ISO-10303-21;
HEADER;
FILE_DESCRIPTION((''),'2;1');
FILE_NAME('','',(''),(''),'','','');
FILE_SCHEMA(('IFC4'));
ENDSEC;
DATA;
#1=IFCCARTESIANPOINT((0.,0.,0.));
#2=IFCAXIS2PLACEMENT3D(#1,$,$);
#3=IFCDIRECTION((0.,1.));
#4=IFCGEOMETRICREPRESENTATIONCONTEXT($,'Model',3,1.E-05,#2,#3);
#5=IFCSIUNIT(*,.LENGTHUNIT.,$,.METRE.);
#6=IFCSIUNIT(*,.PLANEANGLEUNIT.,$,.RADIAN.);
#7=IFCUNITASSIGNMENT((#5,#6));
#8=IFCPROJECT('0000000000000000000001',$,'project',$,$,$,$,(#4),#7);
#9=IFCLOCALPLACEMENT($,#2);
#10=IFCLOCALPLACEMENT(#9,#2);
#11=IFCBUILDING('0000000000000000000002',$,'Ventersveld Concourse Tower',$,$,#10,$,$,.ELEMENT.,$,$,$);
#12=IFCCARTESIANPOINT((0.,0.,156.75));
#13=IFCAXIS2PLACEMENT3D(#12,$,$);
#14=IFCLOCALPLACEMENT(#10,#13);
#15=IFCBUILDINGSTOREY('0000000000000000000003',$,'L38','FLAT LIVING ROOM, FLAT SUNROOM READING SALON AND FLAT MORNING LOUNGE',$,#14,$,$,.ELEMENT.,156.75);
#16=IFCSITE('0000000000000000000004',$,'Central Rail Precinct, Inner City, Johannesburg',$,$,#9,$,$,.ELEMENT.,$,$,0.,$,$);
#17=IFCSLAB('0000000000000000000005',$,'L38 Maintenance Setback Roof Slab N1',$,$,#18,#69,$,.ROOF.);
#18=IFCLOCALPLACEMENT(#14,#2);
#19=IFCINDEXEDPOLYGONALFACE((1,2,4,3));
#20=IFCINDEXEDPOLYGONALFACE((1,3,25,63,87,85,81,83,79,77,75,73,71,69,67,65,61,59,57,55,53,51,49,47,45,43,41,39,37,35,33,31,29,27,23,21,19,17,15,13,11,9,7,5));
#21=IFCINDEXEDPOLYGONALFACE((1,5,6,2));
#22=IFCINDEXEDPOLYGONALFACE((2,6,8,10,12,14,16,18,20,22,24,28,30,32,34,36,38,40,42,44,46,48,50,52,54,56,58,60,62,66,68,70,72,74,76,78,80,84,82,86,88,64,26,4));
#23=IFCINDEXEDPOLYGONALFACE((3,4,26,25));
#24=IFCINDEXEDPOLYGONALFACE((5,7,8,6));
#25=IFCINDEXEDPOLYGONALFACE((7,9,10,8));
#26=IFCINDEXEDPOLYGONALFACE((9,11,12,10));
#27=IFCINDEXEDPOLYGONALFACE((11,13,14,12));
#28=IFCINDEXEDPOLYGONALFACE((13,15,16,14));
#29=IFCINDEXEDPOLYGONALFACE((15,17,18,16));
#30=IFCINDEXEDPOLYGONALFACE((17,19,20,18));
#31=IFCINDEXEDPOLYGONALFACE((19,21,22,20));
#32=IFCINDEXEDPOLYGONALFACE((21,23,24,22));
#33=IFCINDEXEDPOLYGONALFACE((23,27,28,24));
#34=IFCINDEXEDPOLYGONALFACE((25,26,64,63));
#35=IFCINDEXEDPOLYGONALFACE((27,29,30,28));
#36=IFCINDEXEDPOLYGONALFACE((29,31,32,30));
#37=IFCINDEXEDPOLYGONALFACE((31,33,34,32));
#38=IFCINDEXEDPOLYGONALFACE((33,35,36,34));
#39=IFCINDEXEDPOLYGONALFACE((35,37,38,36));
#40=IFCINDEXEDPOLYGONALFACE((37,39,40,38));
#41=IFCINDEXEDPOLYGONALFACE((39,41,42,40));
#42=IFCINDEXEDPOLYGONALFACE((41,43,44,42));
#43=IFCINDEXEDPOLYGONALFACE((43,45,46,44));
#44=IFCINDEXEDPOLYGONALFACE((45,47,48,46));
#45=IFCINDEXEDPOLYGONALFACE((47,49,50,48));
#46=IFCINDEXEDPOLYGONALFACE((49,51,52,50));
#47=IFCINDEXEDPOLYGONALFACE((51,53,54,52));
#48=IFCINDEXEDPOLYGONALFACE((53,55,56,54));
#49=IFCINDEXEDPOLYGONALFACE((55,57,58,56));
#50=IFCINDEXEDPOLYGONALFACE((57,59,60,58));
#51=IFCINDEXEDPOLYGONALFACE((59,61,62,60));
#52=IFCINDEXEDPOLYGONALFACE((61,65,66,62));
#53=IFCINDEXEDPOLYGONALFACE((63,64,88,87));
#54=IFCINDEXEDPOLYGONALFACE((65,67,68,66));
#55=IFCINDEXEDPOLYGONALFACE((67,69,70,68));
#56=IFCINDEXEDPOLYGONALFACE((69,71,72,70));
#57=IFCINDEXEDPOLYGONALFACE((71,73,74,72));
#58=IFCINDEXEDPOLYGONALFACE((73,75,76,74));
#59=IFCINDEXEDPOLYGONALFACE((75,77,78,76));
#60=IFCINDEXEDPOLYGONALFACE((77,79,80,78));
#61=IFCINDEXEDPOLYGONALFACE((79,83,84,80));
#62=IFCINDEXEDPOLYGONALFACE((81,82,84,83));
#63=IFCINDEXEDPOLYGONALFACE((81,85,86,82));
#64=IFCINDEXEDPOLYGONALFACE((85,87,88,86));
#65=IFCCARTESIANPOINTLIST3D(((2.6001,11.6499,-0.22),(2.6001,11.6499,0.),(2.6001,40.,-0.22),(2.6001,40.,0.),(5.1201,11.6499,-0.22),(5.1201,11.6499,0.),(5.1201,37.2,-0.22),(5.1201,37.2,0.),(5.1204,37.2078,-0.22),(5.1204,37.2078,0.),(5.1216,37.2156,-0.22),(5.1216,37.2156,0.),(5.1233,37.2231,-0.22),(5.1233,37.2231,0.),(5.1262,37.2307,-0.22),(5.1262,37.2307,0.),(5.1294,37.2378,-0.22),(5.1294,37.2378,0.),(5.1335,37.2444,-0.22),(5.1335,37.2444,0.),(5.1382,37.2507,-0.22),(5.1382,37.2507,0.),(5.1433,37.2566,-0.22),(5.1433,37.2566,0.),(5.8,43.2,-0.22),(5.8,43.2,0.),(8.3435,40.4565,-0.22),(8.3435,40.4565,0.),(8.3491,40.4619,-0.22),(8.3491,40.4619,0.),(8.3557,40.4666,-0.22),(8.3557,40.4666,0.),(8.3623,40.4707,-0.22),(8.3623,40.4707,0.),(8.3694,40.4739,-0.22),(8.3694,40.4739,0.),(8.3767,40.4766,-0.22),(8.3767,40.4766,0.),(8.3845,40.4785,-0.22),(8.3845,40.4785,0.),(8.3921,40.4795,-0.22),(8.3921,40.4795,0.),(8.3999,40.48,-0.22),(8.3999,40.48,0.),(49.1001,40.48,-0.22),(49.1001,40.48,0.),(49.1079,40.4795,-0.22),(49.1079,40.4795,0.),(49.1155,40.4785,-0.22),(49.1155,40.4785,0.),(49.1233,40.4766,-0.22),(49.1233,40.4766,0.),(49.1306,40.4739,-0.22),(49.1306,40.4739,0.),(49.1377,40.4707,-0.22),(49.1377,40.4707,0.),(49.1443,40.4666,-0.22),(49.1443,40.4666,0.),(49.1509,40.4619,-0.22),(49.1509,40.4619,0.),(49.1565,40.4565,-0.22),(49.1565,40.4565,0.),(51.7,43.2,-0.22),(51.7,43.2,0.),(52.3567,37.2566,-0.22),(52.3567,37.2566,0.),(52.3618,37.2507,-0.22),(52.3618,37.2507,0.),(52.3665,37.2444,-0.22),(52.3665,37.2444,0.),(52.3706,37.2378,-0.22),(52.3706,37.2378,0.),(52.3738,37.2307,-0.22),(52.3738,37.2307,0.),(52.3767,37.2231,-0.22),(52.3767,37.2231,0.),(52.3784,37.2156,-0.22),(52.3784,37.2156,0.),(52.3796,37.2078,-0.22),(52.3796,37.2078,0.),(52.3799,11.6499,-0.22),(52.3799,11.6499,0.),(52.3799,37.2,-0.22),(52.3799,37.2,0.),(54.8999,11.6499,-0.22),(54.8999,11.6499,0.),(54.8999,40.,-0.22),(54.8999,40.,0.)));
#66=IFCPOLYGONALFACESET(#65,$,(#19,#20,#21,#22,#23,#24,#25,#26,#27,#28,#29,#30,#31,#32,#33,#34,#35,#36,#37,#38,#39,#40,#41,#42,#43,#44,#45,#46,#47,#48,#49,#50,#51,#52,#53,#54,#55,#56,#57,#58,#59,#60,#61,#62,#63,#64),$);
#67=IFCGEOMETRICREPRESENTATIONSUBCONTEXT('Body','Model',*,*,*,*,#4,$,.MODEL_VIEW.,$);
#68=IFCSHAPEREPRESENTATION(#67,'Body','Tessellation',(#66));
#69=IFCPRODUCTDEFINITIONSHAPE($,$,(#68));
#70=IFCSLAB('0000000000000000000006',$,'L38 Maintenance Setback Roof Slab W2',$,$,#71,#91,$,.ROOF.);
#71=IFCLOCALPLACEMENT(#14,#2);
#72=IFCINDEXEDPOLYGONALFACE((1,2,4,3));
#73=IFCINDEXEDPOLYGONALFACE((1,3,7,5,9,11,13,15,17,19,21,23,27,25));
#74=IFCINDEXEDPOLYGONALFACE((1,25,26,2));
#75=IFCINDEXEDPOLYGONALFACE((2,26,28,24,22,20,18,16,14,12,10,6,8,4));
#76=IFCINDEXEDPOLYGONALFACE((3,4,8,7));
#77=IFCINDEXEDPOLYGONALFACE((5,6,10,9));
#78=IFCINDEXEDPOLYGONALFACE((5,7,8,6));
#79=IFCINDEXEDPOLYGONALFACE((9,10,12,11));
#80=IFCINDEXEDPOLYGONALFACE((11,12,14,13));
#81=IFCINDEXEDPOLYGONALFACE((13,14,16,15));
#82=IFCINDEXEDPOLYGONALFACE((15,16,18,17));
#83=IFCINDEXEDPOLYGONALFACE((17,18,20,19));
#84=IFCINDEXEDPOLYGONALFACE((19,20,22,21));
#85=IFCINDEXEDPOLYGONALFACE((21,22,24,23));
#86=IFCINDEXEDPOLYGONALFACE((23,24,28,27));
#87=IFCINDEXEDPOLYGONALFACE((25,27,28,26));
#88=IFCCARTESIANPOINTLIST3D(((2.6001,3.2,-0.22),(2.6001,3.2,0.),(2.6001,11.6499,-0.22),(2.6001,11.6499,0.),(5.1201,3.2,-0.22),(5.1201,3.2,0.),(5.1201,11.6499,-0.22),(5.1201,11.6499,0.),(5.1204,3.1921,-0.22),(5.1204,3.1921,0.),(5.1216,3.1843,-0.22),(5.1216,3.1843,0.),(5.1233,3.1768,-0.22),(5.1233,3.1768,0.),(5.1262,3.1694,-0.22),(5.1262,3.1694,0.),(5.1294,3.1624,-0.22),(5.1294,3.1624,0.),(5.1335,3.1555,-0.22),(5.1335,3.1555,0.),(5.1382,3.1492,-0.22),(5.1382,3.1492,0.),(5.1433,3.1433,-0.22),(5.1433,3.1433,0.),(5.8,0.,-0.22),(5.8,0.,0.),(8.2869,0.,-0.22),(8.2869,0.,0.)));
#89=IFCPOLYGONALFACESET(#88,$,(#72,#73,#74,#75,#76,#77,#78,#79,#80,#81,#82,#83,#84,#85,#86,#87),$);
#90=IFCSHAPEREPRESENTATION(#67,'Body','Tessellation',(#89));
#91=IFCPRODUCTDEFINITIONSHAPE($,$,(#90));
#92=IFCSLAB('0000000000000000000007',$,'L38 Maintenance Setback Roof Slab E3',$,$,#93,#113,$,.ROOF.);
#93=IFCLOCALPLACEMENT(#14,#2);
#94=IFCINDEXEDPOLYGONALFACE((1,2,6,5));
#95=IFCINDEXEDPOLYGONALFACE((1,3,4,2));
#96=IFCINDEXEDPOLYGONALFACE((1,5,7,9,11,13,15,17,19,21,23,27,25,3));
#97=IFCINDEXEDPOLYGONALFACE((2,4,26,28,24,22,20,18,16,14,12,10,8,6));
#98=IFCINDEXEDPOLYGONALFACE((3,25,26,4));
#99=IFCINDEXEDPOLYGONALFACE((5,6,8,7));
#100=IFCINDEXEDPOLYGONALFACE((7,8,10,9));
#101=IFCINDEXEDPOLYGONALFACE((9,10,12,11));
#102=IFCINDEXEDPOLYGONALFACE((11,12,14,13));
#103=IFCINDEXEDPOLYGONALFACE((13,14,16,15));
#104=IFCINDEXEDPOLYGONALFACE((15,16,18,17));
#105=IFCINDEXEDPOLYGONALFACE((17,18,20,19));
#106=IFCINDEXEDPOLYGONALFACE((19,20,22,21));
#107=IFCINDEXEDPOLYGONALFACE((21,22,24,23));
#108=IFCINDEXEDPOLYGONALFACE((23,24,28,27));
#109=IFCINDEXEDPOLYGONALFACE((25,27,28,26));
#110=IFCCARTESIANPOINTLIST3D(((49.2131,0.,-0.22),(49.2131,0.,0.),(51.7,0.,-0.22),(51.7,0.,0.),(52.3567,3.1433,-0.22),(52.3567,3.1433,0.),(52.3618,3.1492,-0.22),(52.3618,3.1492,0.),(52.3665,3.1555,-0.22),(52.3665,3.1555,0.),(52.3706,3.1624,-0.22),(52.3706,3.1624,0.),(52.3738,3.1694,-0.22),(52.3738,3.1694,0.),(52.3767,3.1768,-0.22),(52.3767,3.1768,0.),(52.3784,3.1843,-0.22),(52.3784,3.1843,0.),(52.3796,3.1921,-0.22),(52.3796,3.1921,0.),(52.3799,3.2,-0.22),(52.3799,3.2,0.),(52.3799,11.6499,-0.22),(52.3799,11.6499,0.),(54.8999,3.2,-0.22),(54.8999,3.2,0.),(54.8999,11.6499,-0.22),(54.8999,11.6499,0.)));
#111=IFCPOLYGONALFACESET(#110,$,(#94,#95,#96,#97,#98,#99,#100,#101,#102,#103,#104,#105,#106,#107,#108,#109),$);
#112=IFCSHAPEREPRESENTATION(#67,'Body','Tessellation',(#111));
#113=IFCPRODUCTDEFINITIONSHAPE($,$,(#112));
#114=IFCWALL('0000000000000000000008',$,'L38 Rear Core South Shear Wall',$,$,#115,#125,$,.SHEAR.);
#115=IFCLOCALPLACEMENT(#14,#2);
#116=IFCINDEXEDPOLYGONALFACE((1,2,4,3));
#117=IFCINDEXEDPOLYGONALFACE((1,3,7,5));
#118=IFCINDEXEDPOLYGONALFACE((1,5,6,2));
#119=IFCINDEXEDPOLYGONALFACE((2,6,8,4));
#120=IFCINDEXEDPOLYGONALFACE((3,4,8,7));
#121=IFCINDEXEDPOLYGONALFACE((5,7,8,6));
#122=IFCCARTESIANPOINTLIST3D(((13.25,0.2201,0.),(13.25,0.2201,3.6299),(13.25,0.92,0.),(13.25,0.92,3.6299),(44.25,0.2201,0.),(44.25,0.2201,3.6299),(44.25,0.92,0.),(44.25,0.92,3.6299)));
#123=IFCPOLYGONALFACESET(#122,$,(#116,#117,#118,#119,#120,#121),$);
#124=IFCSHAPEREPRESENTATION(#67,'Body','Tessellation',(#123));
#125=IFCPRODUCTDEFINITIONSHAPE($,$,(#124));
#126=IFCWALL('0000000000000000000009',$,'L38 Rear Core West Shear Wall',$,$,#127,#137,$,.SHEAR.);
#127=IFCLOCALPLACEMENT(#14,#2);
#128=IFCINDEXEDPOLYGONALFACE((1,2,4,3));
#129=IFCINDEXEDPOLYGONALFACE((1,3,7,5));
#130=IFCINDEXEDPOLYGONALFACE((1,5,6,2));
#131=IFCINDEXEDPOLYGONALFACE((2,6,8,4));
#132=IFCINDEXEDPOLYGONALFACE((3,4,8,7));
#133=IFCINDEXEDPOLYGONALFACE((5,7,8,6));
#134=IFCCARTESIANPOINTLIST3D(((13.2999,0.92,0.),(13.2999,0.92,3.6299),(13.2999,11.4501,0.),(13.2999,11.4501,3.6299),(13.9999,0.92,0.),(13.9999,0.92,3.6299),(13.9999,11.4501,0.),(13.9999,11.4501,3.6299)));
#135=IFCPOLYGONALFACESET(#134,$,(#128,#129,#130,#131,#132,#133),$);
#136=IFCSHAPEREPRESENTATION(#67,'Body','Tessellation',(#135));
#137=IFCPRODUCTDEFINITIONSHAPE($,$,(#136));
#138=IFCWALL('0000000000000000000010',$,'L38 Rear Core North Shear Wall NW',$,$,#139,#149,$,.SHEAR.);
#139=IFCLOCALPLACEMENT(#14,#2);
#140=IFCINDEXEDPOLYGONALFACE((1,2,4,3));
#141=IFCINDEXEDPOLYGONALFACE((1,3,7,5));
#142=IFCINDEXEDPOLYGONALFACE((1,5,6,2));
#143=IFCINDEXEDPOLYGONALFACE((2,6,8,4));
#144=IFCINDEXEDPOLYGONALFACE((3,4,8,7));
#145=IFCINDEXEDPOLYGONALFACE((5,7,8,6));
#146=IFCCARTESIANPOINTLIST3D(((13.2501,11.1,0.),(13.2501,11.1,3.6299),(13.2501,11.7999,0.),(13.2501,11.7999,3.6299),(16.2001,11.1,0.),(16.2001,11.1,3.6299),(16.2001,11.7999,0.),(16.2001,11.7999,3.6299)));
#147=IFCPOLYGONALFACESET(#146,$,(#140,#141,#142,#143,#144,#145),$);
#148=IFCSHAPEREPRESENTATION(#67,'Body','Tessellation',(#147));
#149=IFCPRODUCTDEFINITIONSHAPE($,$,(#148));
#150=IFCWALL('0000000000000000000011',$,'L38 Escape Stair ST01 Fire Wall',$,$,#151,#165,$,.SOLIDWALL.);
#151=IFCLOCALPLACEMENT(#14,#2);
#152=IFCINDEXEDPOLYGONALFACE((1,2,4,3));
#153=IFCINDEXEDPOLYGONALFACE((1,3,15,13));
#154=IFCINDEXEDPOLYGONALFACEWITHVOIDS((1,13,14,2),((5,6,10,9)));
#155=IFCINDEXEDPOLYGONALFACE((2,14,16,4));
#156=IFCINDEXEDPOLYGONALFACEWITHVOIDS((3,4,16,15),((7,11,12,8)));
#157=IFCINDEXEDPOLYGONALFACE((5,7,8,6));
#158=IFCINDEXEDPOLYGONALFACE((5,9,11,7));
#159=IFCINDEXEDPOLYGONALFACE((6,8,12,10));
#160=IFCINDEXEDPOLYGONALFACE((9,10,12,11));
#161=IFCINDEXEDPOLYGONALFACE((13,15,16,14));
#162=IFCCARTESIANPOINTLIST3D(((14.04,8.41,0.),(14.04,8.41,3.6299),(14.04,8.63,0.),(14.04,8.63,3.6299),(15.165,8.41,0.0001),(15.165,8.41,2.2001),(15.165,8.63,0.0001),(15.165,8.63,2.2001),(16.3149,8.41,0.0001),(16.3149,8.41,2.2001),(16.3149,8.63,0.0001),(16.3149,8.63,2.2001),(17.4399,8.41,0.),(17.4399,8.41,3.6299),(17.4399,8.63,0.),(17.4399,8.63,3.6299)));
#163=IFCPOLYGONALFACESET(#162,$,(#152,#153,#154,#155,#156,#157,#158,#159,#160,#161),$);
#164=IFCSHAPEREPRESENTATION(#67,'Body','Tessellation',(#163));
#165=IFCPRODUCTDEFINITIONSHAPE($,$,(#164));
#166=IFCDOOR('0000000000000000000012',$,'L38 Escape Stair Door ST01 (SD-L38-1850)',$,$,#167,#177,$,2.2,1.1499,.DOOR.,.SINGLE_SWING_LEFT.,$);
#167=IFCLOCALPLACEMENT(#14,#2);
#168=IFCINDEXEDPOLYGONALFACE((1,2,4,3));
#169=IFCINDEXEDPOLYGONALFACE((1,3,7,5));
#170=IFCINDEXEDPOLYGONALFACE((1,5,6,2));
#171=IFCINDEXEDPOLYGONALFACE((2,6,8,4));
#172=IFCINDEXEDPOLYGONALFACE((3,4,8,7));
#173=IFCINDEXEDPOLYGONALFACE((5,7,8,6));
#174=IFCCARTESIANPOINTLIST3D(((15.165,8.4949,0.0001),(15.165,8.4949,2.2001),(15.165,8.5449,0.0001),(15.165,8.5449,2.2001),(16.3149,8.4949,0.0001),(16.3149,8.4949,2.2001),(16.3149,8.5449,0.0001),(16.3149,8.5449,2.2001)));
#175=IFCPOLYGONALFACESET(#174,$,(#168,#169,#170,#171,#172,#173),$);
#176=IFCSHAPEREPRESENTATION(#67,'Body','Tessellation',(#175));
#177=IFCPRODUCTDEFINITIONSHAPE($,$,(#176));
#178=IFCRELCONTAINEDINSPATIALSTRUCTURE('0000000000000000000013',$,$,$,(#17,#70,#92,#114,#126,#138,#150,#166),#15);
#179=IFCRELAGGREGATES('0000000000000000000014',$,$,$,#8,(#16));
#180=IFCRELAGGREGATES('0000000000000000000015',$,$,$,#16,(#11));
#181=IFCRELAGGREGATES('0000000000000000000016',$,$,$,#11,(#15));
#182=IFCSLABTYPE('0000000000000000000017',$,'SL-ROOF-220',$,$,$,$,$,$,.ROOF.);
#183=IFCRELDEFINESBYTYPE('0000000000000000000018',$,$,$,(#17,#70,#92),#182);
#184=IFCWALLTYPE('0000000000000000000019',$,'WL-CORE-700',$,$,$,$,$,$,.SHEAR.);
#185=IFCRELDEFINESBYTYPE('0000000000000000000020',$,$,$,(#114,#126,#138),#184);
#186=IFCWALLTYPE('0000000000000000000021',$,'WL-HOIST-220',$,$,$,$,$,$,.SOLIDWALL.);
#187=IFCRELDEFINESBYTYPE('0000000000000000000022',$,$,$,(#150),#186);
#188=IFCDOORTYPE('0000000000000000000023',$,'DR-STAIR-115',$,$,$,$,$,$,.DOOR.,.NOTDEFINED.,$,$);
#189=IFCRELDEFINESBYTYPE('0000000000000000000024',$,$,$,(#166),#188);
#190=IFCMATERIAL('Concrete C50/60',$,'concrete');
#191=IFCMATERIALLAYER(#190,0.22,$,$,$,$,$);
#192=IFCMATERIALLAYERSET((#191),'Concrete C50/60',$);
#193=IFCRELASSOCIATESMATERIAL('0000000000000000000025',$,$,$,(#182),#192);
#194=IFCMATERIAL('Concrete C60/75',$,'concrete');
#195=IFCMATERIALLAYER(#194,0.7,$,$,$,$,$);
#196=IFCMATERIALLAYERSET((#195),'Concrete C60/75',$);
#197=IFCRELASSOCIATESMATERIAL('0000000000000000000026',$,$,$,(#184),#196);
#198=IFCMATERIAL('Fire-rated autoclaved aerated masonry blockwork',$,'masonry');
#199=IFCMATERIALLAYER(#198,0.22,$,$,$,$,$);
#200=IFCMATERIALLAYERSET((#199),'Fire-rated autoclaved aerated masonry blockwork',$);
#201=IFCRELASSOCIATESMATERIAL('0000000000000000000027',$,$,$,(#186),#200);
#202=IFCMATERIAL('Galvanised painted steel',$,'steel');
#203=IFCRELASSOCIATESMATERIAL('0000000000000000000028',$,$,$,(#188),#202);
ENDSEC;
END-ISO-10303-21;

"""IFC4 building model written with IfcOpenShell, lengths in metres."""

from ifc_helpers import new_model, si_unit, direction, frame, frame_2d, origin, place, context, subcontext, project, spatial, polyline, rectangle, outline, extrude, material, layer, layer_set, type_object, element, fill, save


model = new_model("IFC4")

# Units and contexts
model_context = context("Model", 3, precision=1e-05, world=origin(), true_north=direction((0.0, 1.0)))
body_context = subcontext(model_context, "Body", "Model", "MODEL_VIEW")
ifc_project = project(units=[si_unit("LENGTHUNIT", "METRE"), si_unit("PLANEANGLEUNIT", "RADIAN")], contexts=[model_context])

# Site, building, storey
site_placement = place(None, origin())
site = spatial("IfcSite", under=ifc_project, at=site_placement, Name="Central Rail Precinct, Inner City, Johannesburg", CompositionType="ELEMENT", RefElevation=0.0)
building_placement = place(site_placement, origin())
building = spatial("IfcBuilding", under=site, at=building_placement, Name="Ventersveld Concourse Tower", CompositionType="ELEMENT")
storey_placement = place(building_placement, frame((0.0, 0.0, 156.75)))
storey = spatial("IfcBuildingStorey", under=building, at=storey_placement, Name="L38", Description="FLAT LIVING ROOM, FLAT SUNROOM READING SALON AND FLAT MORNING LOUNGE", CompositionType="ELEMENT", Elevation=156.75)

# Shared definitions
ifc_material_1 = material(Name="Concrete C50/60", Category="concrete")

# Slabs
ifc_layer_1 = layer(ifc_material_1, 0.22)
ifc_layer_set_1 = layer_set([ifc_layer_1], Name="Concrete C50/60")
slab_type_1 = type_object("IfcSlabType", Name="SL-ROOF-220", PredefinedType="ROOF", material=ifc_layer_set_1)
slab_1_placement = place(storey_placement, frame((0.0, 0.0, -0.22)))
element("IfcSlab", 1, at=slab_1_placement, inside=storey, type_object=slab_type_1, Name="L38 Maintenance Setback Roof Slab N1", PredefinedType="ROOF", context=body_context, shape_type="SweptSolid", body=[
    extrude(outline(polyline([(2.6001, 40.0), (5.8, 43.2), (51.7, 43.2), (54.8999, 40.0), (54.8999, 11.6499), (52.3799, 11.6499), (52.3799, 37.2), (52.3796, 37.2078), (52.3784, 37.2156), (52.3767, 37.2231), (52.3738, 37.2307), (52.3706, 37.2378), (52.3665, 37.2444), (52.3618, 37.2507), (52.3567, 37.2566), (49.1565, 40.4565), (49.1509, 40.4619), (49.1443, 40.4666), (49.1377, 40.4707), (49.1306, 40.4739), (49.1233, 40.4766), (49.1155, 40.4785), (49.1079, 40.4795), (49.1001, 40.48), (8.3999, 40.48), (8.3921, 40.4795), (8.3845, 40.4785), (8.3767, 40.4766), (8.3694, 40.4739), (8.3623, 40.4707), (8.3557, 40.4666), (8.3491, 40.4619), (8.3435, 40.4565), (5.1433, 37.2566), (5.1382, 37.2507), (5.1335, 37.2444), (5.1294, 37.2378), (5.1262, 37.2307), (5.1233, 37.2231), (5.1216, 37.2156), (5.1204, 37.2078), (5.1201, 37.2), (5.1201, 11.6499), (2.6001, 11.6499), (2.6001, 40.0)])), origin(), (0.0, 0.0, 1.0), 0.22),
])
slab_2_placement = place(storey_placement, frame((0.0, 0.0, -0.22)))
element("IfcSlab", 2, at=slab_2_placement, inside=storey, type_object=slab_type_1, Name="L38 Maintenance Setback Roof Slab W2", PredefinedType="ROOF", context=body_context, shape_type="SweptSolid", body=[
    extrude(outline(polyline([(2.6001, 3.2), (2.6001, 11.6499), (5.1201, 11.6499), (5.1201, 3.2), (5.1204, 3.1921), (5.1216, 3.1843), (5.1233, 3.1768), (5.1262, 3.1694), (5.1294, 3.1624), (5.1335, 3.1555), (5.1382, 3.1492), (5.1433, 3.1433), (8.2869, 0.0), (5.8, 0.0), (2.6001, 3.2)])), origin(), (0.0, 0.0, 1.0), 0.22),
])
slab_3_placement = place(storey_placement, frame((0.0, 0.0, -0.22)))
element("IfcSlab", 3, at=slab_3_placement, inside=storey, type_object=slab_type_1, Name="L38 Maintenance Setback Roof Slab E3", PredefinedType="ROOF", context=body_context, shape_type="SweptSolid", body=[
    extrude(outline(polyline([(54.8999, 3.2), (51.7, 0.0), (49.2131, 0.0), (52.3567, 3.1433), (52.3618, 3.1492), (52.3665, 3.1555), (52.3706, 3.1624), (52.3738, 3.1694), (52.3767, 3.1768), (52.3784, 3.1843), (52.3796, 3.1921), (52.3799, 3.2), (52.3799, 11.6499), (54.8999, 11.6499), (54.8999, 3.2)])), origin(), (0.0, 0.0, 1.0), 0.22),
])

# Walls
ifc_material_2 = material(Name="Concrete C60/75", Category="concrete")
ifc_layer_2 = layer(ifc_material_2, 0.7)
ifc_layer_set_2 = layer_set([ifc_layer_2], Name="Concrete C60/75")
wall_type_1 = type_object("IfcWallType", Name="WL-CORE-700", PredefinedType="SHEAR", material=ifc_layer_set_2)
wall_1_placement = place(storey_placement, frame((13.25, 0.5701, 0.0), z_axis=(0.0, 0.0, 1.0), x_axis=(1.0, 0.0, 0.0)))
element("IfcWall", 4, at=wall_1_placement, inside=storey, type_object=wall_type_1, Name="L38 Rear Core South Shear Wall", PredefinedType="SHEAR", context=body_context, shape_type="SweptSolid", body=[
    extrude(rectangle(XDim=31.0, YDim=0.7, at=frame_2d((15.5, 0.0))), origin(), (0.0, 0.0, 1.0), 3.6299),
])
wall_2_placement = place(storey_placement, frame((13.6499, 0.9199, 0.0), z_axis=(0.0, 0.0, 1.0), x_axis=(0.0, 1.0, 0.0)))
element("IfcWall", 5, at=wall_2_placement, inside=storey, type_object=wall_type_1, Name="L38 Rear Core West Shear Wall", PredefinedType="SHEAR", context=body_context, shape_type="SweptSolid", body=[
    extrude(rectangle(XDim=10.53, YDim=0.7, at=frame_2d((5.2651, 0.0))), origin(), (0.0, 0.0, 1.0), 3.6299),
])
wall_3_placement = place(storey_placement, frame((13.25, 11.45, 0.0), z_axis=(0.0, 0.0, 1.0), x_axis=(1.0, 0.0, 0.0)))
element("IfcWall", 6, at=wall_3_placement, inside=storey, type_object=wall_type_1, Name="L38 Rear Core North Shear Wall NW", PredefinedType="SHEAR", context=body_context, shape_type="SweptSolid", body=[
    extrude(rectangle(XDim=2.95, YDim=0.7, at=frame_2d((1.4751, 0.0))), origin(), (0.0, 0.0, 1.0), 3.6299),
])

# Wall, opening, door
ifc_material_3 = material(Name="Fire-rated autoclaved aerated masonry blockwork", Category="masonry")
ifc_layer_3 = layer(ifc_material_3, 0.22)
ifc_layer_set_3 = layer_set([ifc_layer_3], Name="Fire-rated autoclaved aerated masonry blockwork")
wall_type_2 = type_object("IfcWallType", Name="WL-HOIST-220", PredefinedType="SOLIDWALL", material=ifc_layer_set_3)
wall_4_placement = place(storey_placement, frame((14.04, 8.52, 0.0), z_axis=(0.0, 0.0, 1.0), x_axis=(1.0, 0.0, 0.0)))
wall_4 = element("IfcWall", 7, at=wall_4_placement, inside=storey, type_object=wall_type_2, Name="L38 Escape Stair ST01 Fire Wall", PredefinedType="SOLIDWALL", context=body_context, shape_type="SweptSolid", body=[
    extrude(rectangle(XDim=3.3999, YDim=0.22, at=frame_2d((1.7, 0.0))), origin(), (0.0, 0.0, 1.0), 3.6299),
])
opening_placement = place(wall_4_placement, frame((1.125, 0.0, 0.0)))
opening = element("IfcOpeningElement", 8, at=opening_placement, cuts=wall_4, PredefinedType="OPENING", context=body_context, shape_type="SweptSolid", body=[
    extrude(rectangle(XDim=1.1499, YDim=2.2, at=frame_2d((0.575, 1.1001))), frame((0.0, 0.1201, 0.0), z_axis=(0.0, -1.0, 0.0), x_axis=(1.0, 0.0, 0.0)), (0.0, 0.0, 1.0), 0.24),
])
ifc_material_4 = material(Name="Galvanised painted steel", Category="steel")
door_type = type_object("IfcDoorType", Name="DR-STAIR-115", OperationType="NOTDEFINED", PredefinedType="DOOR", material=ifc_material_4)
door_placement = place(opening_placement, origin())
door = element("IfcDoor", 9, at=door_placement, inside=storey, type_object=door_type, Name="L38 Escape Stair Door ST01 (SD-L38-1850)", OperationType="SINGLE_SWING_LEFT", OverallHeight=2.2, OverallWidth=1.1499, PredefinedType="DOOR", context=body_context, shape_type="SweptSolid", body=[
    extrude(rectangle(XDim=1.1499, YDim=2.2, at=frame_2d((0.575, 1.1001))), frame((0.0, 0.0249, 0.0), z_axis=(0.0, -1.0, 0.0), x_axis=(1.0, 0.0, 0.0)), (0.0, 0.0, 1.0), 0.05),
])
fill(opening, door)

save(model, "model.ifc")
